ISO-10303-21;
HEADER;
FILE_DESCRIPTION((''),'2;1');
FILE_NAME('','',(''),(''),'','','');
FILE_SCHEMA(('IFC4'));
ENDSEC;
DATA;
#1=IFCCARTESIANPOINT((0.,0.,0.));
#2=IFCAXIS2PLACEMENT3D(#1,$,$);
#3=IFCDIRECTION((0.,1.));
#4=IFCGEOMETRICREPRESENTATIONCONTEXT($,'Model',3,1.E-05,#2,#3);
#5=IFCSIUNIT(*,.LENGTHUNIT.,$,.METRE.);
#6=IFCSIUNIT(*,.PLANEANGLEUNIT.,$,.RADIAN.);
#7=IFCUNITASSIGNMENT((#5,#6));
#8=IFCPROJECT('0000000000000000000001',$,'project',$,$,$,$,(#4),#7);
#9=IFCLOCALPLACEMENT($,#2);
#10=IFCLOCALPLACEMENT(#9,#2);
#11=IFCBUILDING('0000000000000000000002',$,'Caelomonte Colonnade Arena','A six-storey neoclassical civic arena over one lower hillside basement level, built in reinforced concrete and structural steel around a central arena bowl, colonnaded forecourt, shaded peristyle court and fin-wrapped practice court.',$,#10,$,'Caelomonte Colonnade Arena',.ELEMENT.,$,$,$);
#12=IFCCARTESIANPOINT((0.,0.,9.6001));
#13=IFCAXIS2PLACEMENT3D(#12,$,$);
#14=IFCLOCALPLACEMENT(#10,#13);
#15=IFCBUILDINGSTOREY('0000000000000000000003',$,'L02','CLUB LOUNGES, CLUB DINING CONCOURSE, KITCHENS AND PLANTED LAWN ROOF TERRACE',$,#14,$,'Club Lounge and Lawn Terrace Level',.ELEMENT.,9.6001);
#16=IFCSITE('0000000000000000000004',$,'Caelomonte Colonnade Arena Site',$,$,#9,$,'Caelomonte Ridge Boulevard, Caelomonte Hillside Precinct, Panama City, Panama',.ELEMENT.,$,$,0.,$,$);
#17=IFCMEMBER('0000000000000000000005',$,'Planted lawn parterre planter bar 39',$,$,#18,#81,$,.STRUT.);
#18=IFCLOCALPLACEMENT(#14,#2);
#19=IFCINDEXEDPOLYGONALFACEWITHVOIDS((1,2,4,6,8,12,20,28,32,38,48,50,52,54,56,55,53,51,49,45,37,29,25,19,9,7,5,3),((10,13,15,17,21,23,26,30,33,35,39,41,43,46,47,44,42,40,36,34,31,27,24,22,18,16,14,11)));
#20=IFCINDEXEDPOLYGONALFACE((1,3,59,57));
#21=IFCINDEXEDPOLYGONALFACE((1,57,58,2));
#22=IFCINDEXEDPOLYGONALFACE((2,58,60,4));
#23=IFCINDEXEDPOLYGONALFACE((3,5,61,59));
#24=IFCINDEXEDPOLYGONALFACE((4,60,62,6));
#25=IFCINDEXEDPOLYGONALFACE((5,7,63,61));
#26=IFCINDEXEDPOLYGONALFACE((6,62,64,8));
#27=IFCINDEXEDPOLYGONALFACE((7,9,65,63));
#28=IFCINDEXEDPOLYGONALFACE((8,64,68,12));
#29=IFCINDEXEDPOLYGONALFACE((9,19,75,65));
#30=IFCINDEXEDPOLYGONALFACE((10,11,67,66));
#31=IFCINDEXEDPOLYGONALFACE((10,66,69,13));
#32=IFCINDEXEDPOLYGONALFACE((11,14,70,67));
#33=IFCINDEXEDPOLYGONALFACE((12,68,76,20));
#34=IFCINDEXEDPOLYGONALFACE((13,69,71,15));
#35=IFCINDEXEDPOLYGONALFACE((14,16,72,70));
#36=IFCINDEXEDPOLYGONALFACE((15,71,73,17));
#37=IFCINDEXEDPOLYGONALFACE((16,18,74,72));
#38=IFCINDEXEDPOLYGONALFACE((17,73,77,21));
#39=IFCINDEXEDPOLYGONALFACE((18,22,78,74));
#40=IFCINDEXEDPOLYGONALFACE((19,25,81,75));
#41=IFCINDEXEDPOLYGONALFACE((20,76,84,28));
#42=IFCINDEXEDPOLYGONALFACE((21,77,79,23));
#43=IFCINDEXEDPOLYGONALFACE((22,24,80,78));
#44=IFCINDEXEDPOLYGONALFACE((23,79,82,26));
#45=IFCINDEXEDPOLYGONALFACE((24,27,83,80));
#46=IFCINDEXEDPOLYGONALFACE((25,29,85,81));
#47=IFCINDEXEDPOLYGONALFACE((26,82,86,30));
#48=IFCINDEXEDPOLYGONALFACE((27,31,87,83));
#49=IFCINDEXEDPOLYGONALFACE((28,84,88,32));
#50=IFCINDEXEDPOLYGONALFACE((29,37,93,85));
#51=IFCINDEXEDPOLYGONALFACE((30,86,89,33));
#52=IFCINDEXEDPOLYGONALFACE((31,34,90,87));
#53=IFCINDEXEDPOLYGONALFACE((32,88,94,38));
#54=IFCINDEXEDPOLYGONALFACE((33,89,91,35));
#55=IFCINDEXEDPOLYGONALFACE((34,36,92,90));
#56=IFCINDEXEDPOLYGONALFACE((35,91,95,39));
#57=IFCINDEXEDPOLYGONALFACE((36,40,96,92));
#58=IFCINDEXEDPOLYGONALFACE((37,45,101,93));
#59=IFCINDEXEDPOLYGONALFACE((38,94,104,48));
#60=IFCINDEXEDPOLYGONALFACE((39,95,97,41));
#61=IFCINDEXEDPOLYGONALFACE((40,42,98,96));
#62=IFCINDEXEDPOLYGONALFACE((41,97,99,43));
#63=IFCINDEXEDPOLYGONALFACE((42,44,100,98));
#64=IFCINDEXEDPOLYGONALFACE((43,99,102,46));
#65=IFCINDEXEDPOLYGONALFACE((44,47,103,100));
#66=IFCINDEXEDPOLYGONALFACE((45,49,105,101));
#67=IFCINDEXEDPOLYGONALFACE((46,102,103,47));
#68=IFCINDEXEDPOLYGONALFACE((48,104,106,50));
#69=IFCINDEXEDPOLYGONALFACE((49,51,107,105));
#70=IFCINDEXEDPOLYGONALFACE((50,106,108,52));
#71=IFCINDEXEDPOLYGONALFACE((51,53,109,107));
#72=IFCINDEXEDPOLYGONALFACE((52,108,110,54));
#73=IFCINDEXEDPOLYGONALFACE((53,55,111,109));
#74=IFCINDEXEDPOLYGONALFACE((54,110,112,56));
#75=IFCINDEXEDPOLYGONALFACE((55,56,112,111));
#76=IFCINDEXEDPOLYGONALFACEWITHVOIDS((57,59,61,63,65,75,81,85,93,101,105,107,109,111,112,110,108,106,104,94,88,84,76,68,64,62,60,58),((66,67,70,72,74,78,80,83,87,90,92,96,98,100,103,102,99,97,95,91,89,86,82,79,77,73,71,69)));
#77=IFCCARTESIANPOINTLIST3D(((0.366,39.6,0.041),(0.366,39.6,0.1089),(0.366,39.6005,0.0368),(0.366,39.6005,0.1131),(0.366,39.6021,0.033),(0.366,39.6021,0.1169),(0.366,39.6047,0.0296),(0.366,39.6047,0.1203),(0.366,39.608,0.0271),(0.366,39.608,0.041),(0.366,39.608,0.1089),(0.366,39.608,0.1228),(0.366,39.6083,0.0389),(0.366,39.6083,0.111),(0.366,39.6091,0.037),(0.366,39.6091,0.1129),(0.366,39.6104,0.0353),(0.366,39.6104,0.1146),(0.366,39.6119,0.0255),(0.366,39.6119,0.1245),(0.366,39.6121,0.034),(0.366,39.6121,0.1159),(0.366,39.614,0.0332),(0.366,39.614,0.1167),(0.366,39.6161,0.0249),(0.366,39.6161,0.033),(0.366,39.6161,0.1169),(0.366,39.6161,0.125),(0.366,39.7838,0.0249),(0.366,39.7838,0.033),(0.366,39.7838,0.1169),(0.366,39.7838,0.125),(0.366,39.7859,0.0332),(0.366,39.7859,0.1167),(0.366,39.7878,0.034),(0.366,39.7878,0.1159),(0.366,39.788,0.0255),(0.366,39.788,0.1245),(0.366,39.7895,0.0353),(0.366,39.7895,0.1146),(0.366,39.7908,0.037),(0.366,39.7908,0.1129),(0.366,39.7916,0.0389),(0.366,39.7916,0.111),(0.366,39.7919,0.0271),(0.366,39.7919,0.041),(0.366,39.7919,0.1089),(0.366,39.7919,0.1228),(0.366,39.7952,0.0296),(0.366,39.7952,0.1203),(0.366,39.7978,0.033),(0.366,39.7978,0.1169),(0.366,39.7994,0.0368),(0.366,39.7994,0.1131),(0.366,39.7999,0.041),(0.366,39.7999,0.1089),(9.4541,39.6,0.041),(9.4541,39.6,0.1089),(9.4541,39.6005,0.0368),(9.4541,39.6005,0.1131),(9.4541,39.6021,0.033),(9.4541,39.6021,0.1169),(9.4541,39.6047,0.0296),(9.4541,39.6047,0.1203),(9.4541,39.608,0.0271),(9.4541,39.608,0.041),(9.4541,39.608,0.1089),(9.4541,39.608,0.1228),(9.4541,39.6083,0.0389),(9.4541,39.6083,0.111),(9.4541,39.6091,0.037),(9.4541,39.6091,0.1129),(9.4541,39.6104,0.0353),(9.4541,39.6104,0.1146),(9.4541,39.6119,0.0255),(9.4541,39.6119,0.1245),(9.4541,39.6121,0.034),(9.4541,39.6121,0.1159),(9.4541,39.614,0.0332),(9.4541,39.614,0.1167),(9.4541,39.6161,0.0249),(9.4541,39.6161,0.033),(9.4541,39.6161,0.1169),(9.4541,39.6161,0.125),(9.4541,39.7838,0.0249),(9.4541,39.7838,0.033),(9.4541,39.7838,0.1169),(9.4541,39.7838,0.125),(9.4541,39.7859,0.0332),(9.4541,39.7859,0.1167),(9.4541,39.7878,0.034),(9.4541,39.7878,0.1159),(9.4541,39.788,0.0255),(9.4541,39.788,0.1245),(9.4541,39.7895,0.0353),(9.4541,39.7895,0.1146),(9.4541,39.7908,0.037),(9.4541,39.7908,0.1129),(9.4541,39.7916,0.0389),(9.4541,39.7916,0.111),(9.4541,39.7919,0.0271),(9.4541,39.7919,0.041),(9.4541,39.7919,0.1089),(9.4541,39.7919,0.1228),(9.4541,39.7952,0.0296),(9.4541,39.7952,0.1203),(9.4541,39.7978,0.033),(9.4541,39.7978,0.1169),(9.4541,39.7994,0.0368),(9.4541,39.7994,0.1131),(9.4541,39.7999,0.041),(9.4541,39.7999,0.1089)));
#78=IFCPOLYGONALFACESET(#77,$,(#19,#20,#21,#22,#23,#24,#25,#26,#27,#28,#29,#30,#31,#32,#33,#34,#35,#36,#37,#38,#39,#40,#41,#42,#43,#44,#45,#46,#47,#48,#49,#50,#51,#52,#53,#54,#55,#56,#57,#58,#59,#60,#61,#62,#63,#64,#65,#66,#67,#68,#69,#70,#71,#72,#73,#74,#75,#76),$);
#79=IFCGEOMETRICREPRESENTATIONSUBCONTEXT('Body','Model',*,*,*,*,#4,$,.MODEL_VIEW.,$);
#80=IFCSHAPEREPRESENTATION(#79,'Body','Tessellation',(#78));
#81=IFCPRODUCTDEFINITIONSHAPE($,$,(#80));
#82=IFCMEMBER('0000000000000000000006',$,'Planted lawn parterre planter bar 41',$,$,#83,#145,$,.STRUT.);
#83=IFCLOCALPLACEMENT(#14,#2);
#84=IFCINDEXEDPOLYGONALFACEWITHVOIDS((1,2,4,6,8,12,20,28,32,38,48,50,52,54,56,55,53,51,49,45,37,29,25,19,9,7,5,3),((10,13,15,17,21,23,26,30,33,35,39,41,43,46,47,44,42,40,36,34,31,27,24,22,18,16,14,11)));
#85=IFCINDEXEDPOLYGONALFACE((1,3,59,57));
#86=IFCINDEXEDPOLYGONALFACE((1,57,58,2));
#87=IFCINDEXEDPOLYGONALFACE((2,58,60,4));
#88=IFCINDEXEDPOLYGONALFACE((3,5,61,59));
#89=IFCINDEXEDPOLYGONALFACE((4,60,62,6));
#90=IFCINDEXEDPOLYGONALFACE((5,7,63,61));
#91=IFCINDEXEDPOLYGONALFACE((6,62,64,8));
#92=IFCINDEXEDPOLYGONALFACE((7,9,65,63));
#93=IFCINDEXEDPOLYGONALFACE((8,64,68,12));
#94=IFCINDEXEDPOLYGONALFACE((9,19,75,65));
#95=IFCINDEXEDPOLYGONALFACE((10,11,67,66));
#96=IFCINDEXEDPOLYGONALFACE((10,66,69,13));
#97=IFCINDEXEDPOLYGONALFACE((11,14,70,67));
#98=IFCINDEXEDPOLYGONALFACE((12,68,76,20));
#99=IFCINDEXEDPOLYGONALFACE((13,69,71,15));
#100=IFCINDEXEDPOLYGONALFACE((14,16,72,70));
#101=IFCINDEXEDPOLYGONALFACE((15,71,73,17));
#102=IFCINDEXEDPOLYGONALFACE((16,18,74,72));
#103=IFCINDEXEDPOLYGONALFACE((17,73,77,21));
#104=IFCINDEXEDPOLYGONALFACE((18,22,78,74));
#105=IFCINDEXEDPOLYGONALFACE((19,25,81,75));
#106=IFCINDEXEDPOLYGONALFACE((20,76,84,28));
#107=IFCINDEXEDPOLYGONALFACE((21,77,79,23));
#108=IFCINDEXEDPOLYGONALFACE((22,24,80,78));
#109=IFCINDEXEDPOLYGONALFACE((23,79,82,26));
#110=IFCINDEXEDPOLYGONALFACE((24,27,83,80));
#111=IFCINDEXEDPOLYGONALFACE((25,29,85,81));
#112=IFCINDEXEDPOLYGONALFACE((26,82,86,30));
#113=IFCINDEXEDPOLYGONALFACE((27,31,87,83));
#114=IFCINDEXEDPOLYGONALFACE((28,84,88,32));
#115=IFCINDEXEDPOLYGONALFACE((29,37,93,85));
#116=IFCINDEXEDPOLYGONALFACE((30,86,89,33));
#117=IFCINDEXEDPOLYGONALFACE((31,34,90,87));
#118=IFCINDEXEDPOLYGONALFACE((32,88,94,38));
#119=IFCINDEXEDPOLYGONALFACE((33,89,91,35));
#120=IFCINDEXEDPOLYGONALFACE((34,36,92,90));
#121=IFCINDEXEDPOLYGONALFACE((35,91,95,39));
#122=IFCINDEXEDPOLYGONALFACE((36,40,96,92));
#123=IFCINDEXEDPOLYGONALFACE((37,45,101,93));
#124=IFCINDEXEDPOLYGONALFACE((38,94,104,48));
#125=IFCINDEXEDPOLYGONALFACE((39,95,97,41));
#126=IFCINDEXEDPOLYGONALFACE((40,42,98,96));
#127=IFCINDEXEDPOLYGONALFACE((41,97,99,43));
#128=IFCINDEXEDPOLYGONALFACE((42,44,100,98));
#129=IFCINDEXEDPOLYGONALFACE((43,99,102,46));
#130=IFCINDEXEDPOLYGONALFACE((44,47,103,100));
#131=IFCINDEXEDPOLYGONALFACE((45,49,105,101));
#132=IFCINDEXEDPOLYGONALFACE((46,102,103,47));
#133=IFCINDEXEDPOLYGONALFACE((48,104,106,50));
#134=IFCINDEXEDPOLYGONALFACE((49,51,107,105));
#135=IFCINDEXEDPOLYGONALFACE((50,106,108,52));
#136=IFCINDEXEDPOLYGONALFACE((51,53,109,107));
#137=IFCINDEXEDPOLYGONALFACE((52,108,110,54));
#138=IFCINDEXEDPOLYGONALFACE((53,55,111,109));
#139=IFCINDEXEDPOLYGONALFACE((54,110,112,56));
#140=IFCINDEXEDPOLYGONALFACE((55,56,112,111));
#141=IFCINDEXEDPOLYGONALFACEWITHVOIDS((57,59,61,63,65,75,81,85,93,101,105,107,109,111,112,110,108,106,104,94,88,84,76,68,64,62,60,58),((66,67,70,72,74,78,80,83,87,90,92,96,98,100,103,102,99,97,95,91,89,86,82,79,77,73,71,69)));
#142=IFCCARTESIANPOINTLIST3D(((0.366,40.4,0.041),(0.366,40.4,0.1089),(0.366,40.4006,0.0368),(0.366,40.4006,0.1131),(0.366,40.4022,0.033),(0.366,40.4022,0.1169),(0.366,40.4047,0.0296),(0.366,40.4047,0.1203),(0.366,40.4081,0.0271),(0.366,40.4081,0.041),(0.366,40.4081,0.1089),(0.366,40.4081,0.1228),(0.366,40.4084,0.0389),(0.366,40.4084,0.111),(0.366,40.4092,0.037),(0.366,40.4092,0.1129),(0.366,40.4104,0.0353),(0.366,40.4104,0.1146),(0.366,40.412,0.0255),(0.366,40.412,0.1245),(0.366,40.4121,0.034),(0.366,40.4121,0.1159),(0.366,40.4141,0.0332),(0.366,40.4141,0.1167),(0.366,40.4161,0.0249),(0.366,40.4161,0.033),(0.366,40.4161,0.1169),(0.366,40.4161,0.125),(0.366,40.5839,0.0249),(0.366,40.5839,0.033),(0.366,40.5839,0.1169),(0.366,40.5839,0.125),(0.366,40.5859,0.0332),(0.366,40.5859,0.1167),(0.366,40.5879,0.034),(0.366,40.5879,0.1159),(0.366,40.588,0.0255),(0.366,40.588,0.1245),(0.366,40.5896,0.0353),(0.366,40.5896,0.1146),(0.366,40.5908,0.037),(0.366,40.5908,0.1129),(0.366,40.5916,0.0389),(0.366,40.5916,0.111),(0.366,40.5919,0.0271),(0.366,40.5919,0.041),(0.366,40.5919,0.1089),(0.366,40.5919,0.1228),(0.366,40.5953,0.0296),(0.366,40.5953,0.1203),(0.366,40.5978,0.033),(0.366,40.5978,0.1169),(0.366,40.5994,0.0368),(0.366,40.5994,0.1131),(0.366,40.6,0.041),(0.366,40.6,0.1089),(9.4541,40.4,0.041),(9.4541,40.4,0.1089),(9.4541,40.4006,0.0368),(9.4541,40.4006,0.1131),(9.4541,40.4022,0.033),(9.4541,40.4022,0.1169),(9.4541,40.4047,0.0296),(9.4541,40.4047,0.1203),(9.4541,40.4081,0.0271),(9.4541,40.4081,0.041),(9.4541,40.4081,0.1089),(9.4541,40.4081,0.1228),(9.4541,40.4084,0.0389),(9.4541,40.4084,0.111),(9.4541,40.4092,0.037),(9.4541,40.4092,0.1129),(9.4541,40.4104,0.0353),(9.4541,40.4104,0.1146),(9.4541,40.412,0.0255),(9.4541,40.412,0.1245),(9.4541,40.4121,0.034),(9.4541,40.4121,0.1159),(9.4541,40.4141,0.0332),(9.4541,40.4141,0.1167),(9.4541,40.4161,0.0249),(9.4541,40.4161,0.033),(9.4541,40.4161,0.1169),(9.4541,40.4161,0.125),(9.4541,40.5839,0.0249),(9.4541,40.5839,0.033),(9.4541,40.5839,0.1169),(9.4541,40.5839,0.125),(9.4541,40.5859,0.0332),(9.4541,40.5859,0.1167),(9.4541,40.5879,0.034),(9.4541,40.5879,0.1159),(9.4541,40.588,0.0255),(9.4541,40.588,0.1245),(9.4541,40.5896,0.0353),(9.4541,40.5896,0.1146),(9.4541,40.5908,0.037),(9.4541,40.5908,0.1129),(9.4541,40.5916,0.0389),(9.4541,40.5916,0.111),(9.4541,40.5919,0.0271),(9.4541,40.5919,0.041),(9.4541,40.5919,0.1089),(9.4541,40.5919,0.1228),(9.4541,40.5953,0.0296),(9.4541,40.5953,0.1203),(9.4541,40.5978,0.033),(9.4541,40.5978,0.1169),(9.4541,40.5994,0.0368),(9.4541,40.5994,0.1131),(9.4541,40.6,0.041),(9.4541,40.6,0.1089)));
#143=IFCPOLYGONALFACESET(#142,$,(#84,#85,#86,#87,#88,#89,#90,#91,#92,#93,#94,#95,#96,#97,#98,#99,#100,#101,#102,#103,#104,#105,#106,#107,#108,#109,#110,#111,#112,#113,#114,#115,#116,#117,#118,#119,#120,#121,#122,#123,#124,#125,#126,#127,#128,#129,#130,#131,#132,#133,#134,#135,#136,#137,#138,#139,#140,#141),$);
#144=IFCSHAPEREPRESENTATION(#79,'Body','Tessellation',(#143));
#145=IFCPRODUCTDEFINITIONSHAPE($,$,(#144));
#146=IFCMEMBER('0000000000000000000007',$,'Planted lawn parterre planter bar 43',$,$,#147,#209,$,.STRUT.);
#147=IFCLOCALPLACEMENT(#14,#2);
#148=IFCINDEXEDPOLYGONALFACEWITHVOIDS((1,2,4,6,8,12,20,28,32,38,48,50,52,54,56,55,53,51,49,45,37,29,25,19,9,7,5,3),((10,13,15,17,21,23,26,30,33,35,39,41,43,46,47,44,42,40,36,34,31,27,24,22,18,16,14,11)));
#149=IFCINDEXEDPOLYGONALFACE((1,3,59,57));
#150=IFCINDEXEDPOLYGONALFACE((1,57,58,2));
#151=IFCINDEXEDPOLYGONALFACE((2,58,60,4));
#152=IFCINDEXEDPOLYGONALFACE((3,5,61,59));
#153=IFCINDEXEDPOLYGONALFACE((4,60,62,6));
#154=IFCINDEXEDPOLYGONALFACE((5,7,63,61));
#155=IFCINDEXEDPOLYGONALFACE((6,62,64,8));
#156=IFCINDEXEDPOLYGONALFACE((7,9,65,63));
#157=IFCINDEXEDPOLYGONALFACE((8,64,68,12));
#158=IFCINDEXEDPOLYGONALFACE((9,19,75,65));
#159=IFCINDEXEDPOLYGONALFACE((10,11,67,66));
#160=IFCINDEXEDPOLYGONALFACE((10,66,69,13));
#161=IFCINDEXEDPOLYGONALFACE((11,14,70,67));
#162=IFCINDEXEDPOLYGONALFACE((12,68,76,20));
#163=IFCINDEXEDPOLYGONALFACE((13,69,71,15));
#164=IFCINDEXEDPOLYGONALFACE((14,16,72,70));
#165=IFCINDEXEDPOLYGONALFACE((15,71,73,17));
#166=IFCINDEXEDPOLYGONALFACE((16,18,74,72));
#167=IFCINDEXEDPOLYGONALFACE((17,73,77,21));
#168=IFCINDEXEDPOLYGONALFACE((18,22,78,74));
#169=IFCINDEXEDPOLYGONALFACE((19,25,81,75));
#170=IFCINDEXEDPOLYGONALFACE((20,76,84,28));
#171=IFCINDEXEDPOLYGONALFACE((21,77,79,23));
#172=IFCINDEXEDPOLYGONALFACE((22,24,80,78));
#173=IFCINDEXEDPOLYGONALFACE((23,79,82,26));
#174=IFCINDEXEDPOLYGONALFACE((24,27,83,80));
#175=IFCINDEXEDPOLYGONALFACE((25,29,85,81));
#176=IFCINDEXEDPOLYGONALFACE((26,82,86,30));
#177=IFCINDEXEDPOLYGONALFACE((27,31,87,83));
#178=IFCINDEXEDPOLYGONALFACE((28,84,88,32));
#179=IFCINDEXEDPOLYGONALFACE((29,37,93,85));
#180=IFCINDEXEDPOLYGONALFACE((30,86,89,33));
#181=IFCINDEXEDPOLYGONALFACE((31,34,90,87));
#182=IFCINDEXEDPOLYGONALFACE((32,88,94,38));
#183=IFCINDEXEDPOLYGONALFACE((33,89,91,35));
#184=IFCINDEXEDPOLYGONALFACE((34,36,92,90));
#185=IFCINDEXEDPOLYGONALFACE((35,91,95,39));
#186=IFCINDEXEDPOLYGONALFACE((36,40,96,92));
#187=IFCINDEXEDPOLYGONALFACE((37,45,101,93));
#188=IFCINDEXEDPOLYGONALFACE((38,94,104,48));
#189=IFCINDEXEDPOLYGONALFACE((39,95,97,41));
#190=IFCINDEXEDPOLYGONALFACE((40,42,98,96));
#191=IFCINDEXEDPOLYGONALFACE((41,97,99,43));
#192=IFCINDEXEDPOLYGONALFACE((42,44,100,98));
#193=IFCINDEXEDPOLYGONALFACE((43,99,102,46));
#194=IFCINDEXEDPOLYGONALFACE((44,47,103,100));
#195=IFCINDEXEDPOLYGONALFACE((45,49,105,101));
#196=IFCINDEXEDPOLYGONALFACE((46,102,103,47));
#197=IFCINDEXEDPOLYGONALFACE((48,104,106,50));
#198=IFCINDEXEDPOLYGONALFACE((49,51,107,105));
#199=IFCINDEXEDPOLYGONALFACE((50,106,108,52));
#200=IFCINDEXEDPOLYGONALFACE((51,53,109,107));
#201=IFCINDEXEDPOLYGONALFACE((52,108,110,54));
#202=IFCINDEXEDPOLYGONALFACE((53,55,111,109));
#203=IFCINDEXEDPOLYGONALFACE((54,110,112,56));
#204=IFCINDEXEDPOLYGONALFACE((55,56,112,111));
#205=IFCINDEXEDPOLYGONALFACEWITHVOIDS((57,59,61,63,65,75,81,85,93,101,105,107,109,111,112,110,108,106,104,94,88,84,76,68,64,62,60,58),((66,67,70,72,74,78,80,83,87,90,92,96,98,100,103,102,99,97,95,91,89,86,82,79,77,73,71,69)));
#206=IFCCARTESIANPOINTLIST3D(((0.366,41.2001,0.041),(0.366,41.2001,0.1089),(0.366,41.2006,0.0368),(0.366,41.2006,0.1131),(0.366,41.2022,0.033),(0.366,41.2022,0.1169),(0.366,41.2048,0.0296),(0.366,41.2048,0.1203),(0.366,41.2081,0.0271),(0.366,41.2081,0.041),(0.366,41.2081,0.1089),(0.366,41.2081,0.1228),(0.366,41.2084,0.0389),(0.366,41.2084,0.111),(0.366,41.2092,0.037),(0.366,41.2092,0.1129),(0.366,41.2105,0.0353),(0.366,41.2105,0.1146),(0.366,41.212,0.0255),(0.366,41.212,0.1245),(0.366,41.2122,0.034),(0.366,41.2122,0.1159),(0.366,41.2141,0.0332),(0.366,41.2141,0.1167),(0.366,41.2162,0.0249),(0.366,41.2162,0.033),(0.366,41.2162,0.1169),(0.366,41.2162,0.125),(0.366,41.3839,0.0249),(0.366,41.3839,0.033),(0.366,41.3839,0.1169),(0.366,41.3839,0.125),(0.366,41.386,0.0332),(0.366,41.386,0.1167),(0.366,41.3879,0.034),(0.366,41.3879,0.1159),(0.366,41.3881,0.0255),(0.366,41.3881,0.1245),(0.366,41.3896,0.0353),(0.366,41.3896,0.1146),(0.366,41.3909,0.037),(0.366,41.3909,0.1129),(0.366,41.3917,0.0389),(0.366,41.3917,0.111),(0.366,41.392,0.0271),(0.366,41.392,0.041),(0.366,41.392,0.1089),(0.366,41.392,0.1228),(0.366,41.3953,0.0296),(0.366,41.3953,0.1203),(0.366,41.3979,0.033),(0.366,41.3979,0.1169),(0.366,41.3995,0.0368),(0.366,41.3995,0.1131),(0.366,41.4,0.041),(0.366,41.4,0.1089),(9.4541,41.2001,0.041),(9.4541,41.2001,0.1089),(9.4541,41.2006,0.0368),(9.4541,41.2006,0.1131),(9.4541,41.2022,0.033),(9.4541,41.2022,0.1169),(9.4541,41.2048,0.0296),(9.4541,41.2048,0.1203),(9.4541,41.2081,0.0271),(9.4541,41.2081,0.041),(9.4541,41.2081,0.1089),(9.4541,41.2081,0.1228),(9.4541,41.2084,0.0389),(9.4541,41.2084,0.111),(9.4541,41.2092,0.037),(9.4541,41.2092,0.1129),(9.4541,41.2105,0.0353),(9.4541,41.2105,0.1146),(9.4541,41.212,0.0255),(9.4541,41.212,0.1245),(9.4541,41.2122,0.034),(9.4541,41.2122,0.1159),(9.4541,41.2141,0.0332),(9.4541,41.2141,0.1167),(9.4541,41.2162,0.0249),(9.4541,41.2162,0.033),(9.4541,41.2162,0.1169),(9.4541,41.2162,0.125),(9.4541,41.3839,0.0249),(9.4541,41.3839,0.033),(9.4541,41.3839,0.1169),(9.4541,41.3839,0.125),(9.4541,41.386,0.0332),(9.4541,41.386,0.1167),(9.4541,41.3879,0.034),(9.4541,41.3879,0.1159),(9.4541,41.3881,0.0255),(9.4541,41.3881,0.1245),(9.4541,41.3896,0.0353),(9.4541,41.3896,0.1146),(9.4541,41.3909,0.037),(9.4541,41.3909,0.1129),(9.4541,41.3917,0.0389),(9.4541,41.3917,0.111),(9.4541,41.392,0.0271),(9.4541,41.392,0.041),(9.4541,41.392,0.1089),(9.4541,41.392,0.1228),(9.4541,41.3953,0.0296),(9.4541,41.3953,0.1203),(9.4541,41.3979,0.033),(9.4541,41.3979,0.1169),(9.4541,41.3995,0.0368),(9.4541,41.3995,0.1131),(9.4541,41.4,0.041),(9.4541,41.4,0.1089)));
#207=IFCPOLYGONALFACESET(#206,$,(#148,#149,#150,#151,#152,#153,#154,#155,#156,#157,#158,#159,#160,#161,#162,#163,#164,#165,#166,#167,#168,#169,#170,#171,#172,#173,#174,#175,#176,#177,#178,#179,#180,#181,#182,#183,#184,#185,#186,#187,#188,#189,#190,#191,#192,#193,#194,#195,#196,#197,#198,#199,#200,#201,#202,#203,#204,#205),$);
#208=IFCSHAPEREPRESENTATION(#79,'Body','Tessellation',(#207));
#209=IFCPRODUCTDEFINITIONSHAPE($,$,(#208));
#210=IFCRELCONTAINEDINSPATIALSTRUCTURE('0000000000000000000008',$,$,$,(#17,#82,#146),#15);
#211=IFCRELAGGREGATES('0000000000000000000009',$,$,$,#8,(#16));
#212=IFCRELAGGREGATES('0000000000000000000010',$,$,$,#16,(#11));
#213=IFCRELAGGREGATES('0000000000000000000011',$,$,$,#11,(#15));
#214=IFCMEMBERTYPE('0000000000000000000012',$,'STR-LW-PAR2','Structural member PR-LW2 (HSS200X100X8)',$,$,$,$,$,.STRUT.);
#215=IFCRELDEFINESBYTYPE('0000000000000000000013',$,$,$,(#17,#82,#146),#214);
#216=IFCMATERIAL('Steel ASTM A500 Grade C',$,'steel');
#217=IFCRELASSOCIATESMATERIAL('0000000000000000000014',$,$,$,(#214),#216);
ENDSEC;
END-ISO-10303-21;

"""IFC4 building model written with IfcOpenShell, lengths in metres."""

from ifc_helpers import new_model, si_unit, direction, frame, origin, origin_2d, place, context, subcontext, project, spatial, hollow_rectangle, extrude, material, material_profile, profile_set, type_object, element, save


model = new_model("IFC4")

# Units and contexts
model_context = context("Model", 3, precision=1e-05, world=origin(), true_north=direction((0.0, 1.0)))
body_context = subcontext(model_context, "Body", "Model", "MODEL_VIEW")
ifc_project = project(units=[si_unit("LENGTHUNIT", "METRE"), si_unit("PLANEANGLEUNIT", "RADIAN")], contexts=[model_context])

# Site, building, storey
site_placement = place(None, origin())
site = spatial("IfcSite", under=ifc_project, at=site_placement, Name="Caelomonte Colonnade Arena Site", LongName="Caelomonte Ridge Boulevard, Caelomonte Hillside Precinct, Panama City, Panama", CompositionType="ELEMENT", RefElevation=0.0)
building_placement = place(site_placement, origin())
building = spatial("IfcBuilding", under=site, at=building_placement, Name="Caelomonte Colonnade Arena", Description="A six-storey neoclassical civic arena over one lower hillside basement level, built in reinforced concrete and structural steel around a central arena bowl, colonnaded forecourt, shaded peristyle court and fin-wrapped practice court.", LongName="Caelomonte Colonnade Arena", CompositionType="ELEMENT")
storey_placement = place(building_placement, frame((0.0, 0.0, 9.6001)))
storey = spatial("IfcBuildingStorey", under=building, at=storey_placement, Name="L02", Description="CLUB LOUNGES, CLUB DINING CONCOURSE, KITCHENS AND PLANTED LAWN ROOF TERRACE", LongName="Club Lounge and Lawn Terrace Level", CompositionType="ELEMENT", Elevation=9.6001)

# Members
ifc_material_1 = material(Name="Steel ASTM A500 Grade C", Category="steel")
ifc_material_profile_1 = material_profile(ifc_material_1, hollow_rectangle(XDim=0.2, YDim=0.1001, WallThickness=0.0081, InnerFilletRadius=0.0081, OuterFilletRadius=0.0161, at=origin_2d()), Name="HSS200X100X8")
ifc_profile_set_1 = profile_set([ifc_material_profile_1], Name="Steel ASTM A500 Grade C")
member_type_1 = type_object("IfcMemberType", Name="STR-LW-PAR2", Description="Structural member PR-LW2 (HSS200X100X8)", PredefinedType="STRUT", material=ifc_profile_set_1)
for number, where, z_axis, x_axis, name in (
    (1, (0.366, 39.7, 0.075), (1.0, 0.0, 0.0), (0.0, 1.0, 0.0), "Planted lawn parterre planter bar 39"),
    (2, (0.366, 40.5, 0.075), (1.0, 0.0, 0.0), (0.0, 1.0, 0.0), "Planted lawn parterre planter bar 41"),
    (3, (0.366, 41.3, 0.075), (1.0, 0.0, 0.0), (0.0, 1.0, 0.0), "Planted lawn parterre planter bar 43"),
):
    element("IfcMember", number, at=place(storey_placement, frame(where, z_axis=z_axis, x_axis=x_axis)), inside=storey, type_object=member_type_1, Name=name, PredefinedType="STRUT", context=body_context, shape_type="SweptSolid", body=[
        extrude(hollow_rectangle(XDim=0.2, YDim=0.1001, WallThickness=0.0081, InnerFilletRadius=0.0081, OuterFilletRadius=0.0161, at=origin_2d()), origin(), (0.0, 0.0, 1.0), 9.0881),
    ])

save(model, "model.ifc")
